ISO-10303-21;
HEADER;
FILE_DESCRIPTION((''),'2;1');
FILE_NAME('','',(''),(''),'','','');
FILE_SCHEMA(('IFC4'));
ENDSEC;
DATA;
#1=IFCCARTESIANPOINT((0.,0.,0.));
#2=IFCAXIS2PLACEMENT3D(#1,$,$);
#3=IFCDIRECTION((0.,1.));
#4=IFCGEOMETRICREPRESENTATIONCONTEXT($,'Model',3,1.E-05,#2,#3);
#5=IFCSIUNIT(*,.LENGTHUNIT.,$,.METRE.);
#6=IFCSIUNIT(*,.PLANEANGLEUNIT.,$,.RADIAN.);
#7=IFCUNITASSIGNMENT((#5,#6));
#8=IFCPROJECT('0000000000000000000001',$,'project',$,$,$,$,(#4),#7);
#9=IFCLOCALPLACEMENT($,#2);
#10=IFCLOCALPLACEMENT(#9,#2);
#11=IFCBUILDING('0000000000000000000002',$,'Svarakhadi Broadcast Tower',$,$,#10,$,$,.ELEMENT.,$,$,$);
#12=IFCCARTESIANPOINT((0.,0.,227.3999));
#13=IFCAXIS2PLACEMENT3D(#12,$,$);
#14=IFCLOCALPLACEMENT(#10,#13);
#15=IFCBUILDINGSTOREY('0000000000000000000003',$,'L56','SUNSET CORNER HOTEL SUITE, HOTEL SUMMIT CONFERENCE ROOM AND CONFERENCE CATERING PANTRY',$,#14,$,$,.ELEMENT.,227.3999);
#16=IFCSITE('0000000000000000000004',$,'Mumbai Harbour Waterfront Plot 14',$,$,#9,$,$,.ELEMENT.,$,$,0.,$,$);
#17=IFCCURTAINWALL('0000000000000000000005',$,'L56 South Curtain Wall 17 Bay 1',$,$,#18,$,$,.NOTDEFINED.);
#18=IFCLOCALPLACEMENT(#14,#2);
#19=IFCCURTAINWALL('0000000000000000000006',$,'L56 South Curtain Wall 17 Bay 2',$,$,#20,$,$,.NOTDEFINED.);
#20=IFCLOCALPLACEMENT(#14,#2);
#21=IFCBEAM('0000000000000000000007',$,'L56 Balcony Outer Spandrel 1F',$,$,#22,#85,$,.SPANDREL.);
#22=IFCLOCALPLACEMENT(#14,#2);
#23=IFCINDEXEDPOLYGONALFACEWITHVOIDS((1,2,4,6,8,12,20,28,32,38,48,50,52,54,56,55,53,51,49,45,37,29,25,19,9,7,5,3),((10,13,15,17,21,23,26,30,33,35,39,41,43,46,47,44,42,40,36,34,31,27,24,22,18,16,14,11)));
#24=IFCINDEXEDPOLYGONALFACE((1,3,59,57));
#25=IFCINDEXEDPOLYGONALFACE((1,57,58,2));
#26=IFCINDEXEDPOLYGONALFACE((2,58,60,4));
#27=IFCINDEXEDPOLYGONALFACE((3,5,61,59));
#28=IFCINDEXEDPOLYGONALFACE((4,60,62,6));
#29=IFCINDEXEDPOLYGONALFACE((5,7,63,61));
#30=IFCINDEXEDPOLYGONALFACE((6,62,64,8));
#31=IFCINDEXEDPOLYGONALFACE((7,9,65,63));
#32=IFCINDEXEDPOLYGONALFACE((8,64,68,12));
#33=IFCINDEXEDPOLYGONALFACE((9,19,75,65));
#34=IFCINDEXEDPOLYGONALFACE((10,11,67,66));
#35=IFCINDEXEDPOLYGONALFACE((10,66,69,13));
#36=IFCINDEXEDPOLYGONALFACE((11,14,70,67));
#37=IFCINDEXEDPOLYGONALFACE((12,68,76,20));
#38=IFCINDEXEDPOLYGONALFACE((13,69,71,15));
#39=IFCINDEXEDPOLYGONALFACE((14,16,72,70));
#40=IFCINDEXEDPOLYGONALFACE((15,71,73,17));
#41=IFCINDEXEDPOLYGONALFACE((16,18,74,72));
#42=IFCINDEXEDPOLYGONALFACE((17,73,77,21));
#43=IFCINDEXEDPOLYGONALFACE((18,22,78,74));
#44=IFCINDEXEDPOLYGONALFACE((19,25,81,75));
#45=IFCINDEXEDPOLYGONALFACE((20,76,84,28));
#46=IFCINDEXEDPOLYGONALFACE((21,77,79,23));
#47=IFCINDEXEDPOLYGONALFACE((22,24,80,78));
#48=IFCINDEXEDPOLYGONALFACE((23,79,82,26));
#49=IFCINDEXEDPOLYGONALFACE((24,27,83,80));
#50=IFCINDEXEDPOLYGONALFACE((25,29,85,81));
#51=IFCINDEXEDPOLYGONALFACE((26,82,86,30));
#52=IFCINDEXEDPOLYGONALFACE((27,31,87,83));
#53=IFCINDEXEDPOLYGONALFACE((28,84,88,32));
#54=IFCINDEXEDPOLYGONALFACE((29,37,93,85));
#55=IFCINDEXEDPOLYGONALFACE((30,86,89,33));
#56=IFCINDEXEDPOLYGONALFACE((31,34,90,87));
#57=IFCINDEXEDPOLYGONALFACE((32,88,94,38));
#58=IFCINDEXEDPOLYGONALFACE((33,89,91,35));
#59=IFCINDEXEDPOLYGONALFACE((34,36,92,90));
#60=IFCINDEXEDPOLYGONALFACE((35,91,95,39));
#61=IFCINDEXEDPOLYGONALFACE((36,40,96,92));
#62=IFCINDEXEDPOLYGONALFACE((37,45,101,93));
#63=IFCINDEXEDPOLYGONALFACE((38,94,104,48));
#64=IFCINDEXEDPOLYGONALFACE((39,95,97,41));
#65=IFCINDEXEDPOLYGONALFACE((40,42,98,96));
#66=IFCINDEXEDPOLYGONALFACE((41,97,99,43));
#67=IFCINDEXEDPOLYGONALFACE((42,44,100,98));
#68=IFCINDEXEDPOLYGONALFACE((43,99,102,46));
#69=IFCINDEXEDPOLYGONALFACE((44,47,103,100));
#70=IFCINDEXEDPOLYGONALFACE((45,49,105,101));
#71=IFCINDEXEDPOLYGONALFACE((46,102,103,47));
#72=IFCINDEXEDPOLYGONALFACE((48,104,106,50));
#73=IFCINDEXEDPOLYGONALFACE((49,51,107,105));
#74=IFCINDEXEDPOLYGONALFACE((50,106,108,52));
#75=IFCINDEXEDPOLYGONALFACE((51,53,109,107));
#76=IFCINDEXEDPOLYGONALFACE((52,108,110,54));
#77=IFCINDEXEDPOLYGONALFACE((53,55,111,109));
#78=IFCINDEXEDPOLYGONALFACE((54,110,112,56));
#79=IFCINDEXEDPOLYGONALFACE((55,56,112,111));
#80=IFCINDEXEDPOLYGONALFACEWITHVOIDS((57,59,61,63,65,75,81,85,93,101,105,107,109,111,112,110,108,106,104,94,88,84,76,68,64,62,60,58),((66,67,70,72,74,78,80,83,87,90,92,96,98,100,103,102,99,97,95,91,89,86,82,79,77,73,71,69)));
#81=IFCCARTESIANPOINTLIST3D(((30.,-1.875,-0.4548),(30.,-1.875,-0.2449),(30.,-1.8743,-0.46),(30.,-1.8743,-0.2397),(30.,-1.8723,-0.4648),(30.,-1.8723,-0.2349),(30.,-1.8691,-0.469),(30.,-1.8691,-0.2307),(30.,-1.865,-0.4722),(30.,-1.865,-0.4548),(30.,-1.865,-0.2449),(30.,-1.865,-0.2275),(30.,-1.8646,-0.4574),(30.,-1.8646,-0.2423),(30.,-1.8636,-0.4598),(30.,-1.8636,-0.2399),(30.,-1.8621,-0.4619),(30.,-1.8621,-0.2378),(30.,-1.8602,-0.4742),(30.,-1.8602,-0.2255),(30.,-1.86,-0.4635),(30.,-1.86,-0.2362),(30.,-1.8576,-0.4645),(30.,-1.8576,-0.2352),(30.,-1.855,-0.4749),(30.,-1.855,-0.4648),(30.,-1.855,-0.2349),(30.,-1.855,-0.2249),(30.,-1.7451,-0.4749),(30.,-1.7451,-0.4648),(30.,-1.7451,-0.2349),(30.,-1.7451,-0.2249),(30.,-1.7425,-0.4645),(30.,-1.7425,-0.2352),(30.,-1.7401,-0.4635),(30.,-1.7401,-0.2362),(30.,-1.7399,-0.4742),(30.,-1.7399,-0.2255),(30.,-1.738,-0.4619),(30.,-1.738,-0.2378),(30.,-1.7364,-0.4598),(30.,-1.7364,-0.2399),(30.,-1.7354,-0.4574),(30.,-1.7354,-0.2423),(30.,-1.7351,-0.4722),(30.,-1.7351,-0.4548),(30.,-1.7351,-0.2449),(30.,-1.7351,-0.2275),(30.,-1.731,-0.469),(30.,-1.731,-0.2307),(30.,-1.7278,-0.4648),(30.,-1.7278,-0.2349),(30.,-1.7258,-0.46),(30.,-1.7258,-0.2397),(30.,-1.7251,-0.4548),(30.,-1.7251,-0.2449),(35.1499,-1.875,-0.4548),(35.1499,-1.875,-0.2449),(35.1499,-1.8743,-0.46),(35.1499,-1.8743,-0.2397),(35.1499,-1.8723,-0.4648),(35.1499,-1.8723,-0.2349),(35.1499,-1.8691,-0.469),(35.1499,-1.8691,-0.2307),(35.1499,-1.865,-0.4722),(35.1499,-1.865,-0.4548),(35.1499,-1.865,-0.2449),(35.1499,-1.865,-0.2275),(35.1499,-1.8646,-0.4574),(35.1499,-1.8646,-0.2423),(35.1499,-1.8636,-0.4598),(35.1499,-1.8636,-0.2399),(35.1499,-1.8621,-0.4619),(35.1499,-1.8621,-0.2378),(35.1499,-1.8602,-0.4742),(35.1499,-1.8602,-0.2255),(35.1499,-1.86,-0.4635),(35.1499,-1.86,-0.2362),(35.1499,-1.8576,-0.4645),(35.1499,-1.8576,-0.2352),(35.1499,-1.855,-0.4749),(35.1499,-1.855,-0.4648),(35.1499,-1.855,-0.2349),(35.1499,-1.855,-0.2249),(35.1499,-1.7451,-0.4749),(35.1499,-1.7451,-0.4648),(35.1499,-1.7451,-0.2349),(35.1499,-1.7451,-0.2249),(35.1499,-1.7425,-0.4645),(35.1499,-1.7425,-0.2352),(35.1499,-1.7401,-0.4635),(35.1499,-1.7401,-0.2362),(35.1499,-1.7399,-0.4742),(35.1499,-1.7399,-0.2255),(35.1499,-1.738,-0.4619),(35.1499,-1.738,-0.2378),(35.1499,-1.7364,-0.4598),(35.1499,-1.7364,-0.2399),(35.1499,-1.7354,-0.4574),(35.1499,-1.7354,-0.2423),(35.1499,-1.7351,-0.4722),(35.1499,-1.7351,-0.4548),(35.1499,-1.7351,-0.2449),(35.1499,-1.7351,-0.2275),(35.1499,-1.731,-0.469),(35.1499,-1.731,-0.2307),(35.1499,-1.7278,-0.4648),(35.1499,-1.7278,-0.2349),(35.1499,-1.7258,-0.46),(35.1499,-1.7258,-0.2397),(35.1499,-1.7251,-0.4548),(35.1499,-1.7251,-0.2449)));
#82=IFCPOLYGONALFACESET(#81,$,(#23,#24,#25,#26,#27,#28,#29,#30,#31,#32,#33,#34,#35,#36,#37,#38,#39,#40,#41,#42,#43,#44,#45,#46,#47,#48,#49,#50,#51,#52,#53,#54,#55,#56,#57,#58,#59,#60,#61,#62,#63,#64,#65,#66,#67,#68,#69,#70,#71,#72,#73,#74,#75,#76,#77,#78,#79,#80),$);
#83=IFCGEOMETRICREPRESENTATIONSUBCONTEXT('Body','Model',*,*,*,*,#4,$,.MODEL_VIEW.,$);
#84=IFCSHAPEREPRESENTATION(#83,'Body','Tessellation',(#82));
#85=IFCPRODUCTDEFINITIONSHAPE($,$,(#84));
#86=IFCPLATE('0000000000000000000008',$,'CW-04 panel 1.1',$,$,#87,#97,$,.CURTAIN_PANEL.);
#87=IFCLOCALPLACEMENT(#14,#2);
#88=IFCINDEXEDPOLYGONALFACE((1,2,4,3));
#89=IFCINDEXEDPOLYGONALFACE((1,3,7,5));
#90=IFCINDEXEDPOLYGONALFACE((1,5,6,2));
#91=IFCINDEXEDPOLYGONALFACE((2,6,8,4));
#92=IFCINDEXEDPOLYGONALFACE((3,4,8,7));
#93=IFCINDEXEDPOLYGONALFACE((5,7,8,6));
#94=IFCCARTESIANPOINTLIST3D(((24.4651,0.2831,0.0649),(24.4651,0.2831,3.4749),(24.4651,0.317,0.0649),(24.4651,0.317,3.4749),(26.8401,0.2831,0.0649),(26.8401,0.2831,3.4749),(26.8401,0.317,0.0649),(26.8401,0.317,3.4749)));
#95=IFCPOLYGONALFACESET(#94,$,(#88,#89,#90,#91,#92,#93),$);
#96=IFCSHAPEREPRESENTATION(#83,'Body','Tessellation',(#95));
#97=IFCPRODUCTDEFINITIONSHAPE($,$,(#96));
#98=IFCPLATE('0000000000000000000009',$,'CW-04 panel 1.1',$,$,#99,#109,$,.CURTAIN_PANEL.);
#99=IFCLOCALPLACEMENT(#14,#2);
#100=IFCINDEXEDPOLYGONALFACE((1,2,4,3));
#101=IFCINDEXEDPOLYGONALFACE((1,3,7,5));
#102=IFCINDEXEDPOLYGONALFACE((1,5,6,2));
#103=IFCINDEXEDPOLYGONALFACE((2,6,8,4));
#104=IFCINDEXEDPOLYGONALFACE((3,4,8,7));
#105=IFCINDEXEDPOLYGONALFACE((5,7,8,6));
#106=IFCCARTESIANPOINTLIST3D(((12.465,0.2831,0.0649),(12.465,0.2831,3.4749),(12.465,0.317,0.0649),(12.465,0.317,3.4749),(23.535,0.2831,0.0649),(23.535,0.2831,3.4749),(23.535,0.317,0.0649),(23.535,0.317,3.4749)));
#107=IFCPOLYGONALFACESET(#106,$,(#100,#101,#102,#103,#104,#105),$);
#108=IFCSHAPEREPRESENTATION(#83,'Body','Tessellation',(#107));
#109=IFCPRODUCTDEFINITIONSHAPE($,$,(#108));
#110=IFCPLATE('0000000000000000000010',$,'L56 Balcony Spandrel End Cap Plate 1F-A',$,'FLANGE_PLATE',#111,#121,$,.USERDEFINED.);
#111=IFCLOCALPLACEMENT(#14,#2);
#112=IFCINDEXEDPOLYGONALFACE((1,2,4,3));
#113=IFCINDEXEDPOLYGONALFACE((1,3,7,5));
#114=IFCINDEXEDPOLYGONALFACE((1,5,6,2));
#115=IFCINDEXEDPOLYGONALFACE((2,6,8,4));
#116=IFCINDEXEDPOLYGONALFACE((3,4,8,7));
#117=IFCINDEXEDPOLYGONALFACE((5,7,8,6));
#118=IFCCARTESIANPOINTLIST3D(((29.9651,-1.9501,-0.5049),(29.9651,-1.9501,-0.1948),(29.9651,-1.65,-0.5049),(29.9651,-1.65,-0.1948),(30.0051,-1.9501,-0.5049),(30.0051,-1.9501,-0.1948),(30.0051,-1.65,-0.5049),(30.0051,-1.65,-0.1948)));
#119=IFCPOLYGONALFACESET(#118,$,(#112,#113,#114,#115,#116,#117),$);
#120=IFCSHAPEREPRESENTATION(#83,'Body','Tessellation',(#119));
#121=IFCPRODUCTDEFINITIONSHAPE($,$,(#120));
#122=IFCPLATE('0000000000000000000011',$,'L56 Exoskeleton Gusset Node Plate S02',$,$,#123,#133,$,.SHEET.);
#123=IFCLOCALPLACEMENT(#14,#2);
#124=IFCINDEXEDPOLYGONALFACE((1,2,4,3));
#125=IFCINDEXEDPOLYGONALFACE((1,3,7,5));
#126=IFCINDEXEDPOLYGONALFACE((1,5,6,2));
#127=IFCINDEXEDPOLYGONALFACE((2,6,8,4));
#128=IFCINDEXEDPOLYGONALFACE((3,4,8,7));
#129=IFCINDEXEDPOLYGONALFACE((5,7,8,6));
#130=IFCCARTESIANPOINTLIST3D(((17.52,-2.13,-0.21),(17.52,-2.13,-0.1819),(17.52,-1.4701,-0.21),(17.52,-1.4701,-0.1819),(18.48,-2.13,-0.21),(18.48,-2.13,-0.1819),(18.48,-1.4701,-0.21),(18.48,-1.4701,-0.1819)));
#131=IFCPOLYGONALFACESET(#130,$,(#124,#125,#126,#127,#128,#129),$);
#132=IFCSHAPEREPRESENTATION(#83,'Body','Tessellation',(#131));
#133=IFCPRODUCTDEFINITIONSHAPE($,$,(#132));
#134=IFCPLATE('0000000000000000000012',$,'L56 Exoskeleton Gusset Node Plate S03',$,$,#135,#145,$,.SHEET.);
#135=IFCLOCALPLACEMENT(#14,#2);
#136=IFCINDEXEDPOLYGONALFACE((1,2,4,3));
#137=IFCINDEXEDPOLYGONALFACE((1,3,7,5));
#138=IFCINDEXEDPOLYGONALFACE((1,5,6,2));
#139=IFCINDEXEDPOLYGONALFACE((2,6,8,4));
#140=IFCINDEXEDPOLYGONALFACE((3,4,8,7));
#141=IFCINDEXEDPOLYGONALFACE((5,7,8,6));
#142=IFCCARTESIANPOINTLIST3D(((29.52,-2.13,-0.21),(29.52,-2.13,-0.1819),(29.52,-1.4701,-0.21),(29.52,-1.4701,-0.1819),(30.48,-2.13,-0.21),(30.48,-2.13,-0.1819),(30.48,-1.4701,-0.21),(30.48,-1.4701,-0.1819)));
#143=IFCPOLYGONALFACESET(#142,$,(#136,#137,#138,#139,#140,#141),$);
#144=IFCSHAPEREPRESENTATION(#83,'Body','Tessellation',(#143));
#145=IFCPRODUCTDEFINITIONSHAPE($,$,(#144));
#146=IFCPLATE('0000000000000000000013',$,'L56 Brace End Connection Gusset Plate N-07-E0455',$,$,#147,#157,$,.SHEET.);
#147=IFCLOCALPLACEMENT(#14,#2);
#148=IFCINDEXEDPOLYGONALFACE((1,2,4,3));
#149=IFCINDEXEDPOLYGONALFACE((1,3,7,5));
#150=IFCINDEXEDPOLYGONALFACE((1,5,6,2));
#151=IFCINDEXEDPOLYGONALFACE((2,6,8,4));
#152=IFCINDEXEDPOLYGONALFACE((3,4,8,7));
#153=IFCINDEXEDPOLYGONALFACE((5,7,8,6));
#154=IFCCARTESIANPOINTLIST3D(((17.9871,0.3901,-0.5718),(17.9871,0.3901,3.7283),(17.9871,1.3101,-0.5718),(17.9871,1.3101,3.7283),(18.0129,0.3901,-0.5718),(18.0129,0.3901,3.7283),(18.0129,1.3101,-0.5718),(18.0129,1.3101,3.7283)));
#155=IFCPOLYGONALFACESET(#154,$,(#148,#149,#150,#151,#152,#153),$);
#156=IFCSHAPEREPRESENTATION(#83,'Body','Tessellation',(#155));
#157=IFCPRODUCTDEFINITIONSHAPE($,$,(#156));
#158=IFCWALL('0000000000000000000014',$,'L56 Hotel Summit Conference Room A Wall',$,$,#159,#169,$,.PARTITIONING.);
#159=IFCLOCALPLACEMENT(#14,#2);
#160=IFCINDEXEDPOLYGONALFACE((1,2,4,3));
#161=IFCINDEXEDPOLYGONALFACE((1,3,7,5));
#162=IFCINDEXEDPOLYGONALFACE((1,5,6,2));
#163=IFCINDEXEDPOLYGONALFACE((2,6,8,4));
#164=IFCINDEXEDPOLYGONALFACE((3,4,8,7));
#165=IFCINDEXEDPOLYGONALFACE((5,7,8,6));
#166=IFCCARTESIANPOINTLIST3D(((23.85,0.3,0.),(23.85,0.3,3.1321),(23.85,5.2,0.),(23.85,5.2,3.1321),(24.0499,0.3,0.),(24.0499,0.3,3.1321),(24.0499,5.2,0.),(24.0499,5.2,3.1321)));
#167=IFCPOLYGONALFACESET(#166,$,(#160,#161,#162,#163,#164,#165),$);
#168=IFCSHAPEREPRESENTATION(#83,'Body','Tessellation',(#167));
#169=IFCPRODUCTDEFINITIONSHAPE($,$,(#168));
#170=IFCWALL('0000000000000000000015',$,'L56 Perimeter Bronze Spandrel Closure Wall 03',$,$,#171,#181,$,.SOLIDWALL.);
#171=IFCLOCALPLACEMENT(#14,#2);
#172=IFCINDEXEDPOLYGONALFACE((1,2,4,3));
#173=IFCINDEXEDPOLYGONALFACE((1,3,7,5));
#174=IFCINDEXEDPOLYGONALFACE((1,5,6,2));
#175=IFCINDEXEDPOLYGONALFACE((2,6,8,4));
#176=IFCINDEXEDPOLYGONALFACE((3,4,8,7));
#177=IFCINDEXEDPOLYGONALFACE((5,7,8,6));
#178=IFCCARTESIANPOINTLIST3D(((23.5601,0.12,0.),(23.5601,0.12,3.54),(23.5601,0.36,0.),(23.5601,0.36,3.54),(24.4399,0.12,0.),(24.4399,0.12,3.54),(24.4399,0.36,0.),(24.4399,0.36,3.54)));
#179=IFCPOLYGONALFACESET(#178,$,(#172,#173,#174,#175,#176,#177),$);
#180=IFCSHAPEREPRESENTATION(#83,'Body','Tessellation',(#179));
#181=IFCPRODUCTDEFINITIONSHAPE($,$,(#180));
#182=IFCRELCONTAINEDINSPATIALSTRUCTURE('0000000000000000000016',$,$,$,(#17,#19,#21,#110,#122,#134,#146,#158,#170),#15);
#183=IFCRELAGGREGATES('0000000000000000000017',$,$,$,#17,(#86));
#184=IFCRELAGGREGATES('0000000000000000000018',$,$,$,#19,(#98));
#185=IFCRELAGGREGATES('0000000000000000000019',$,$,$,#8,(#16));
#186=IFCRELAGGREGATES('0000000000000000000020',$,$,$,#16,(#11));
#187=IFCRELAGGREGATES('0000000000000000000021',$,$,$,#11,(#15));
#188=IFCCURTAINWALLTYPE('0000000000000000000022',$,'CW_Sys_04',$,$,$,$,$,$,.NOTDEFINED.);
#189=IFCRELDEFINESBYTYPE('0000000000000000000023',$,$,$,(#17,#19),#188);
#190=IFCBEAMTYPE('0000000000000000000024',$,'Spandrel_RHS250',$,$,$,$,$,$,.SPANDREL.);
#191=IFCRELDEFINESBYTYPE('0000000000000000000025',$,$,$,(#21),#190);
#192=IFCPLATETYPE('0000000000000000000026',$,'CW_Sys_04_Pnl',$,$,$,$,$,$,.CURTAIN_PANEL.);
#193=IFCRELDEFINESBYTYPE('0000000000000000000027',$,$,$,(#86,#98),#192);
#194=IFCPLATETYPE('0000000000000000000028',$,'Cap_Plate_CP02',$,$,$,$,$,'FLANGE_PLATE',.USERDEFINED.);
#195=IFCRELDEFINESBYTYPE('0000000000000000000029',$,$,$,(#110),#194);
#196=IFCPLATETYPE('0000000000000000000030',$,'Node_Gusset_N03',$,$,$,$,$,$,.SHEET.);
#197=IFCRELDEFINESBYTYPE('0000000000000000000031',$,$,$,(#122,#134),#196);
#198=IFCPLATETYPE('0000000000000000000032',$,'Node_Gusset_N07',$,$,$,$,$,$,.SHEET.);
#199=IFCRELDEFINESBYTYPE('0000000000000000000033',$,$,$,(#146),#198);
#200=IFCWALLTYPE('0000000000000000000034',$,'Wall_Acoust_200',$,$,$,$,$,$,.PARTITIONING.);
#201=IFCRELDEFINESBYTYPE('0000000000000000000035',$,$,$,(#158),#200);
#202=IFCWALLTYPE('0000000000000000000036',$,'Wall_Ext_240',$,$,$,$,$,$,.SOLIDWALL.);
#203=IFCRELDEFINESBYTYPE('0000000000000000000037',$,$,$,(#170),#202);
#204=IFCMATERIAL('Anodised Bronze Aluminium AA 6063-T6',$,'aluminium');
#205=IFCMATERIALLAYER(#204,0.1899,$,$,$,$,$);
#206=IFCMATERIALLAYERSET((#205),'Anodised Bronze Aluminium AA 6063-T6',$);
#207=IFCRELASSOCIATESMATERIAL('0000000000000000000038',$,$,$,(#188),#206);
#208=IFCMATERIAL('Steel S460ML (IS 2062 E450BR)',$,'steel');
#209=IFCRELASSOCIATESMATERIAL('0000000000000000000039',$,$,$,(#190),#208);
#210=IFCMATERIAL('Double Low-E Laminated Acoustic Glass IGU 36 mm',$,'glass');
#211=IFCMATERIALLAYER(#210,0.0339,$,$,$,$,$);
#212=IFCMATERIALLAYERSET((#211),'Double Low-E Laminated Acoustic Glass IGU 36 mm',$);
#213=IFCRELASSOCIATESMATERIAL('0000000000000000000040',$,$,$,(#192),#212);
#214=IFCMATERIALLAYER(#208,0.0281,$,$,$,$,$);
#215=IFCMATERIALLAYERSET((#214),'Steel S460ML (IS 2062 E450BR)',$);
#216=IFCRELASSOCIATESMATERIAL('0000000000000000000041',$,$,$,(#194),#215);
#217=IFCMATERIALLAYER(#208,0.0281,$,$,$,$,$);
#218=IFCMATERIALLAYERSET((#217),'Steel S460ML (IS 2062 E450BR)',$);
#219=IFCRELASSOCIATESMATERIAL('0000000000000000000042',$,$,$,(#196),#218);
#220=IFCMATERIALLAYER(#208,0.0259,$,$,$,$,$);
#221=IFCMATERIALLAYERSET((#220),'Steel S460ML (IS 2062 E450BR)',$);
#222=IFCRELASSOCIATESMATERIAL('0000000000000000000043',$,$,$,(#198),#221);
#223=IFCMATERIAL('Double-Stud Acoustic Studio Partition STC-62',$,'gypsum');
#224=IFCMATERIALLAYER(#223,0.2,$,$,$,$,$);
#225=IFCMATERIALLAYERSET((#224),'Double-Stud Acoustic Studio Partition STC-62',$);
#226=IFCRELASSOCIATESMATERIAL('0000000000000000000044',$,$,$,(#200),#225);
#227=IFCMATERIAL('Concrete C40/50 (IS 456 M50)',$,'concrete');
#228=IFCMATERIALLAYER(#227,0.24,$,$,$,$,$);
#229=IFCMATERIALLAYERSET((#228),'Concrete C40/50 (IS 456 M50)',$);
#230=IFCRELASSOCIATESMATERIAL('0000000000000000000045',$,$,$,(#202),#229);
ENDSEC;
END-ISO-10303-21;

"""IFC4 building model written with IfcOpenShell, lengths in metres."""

from ifc_helpers import new_model, si_unit, direction, frame, frame_2d, origin, origin_2d, place, context, subcontext, project, spatial, rectangle, hollow_rectangle, extrude, material, layer, layer_set, material_profile, profile_set, type_object, element, aggregate, save


model = new_model("IFC4")

# Units and contexts
model_context = context("Model", 3, precision=1e-05, world=origin(), true_north=direction((0.0, 1.0)))
body_context = subcontext(model_context, "Body", "Model", "MODEL_VIEW")
ifc_project = project(units=[si_unit("LENGTHUNIT", "METRE"), si_unit("PLANEANGLEUNIT", "RADIAN")], contexts=[model_context])

# Site, building, storey
site_placement = place(None, origin())
site = spatial("IfcSite", under=ifc_project, at=site_placement, Name="Mumbai Harbour Waterfront Plot 14", CompositionType="ELEMENT", RefElevation=0.0)
building_placement = place(site_placement, origin())
building = spatial("IfcBuilding", under=site, at=building_placement, Name="Svarakhadi Broadcast Tower", CompositionType="ELEMENT")
storey_placement = place(building_placement, frame((0.0, 0.0, 227.3999)))
storey = spatial("IfcBuildingStorey", under=building, at=storey_placement, Name="L56", Description="SUNSET CORNER HOTEL SUITE, HOTEL SUMMIT CONFERENCE ROOM AND CONFERENCE CATERING PANTRY", CompositionType="ELEMENT", Elevation=227.3999)

# Shared definitions
ifc_material_1 = material(Name="Steel S460ML (IS 2062 E450BR)", Category="steel")

# Curtain wall
ifc_material_2 = material(Name="Anodised Bronze Aluminium AA 6063-T6", Category="aluminium")
ifc_layer_1 = layer(ifc_material_2, 0.1899)
ifc_layer_set_1 = layer_set([ifc_layer_1], Name="Anodised Bronze Aluminium AA 6063-T6")
curtain_wall_type = type_object("IfcCurtainWallType", Name="CW_Sys_04", PredefinedType="NOTDEFINED", material=ifc_layer_set_1)
curtain_wall_1_placement = place(storey_placement, origin())
curtain_wall_1 = element("IfcCurtainWall", 1, at=curtain_wall_1_placement, inside=storey, type_object=curtain_wall_type, Name="L56 South Curtain Wall 17 Bay 1", PredefinedType="NOTDEFINED")

# Curtain wall
curtain_wall_2_placement = place(storey_placement, origin())
curtain_wall_2 = element("IfcCurtainWall", 2, at=curtain_wall_2_placement, inside=storey, type_object=curtain_wall_type, Name="L56 South Curtain Wall 17 Bay 2", PredefinedType="NOTDEFINED")

# Beam
ifc_material_profile_1 = material_profile(ifc_material_1, hollow_rectangle(XDim=0.1499, YDim=0.25, WallThickness=0.01, InnerFilletRadius=0.01, OuterFilletRadius=0.02, at=origin_2d()), Name="RHS 250x150x10")
ifc_profile_set_1 = profile_set([ifc_material_profile_1], Name="Steel S460ML (IS 2062 E450BR)")
beam_type_1 = type_object("IfcBeamType", Name="Spandrel_RHS250", PredefinedType="SPANDREL", material=ifc_profile_set_1)
beam_1_placement = place(storey_placement, frame((30.0, -1.8, -0.3499), z_axis=(1.0, 0.0, 0.0), x_axis=(0.0, 1.0, 0.0)))
element("IfcBeam", 3, at=beam_1_placement, inside=storey, type_object=beam_type_1, Name="L56 Balcony Outer Spandrel 1F", PredefinedType="SPANDREL", context=body_context, shape_type="SweptSolid", body=[
    extrude(hollow_rectangle(XDim=0.1499, YDim=0.25, WallThickness=0.01, InnerFilletRadius=0.01, OuterFilletRadius=0.02, at=origin_2d()), origin(), (0.0, 0.0, 1.0), 5.1499),
])

# Plates
ifc_material_3 = material(Name="Double Low-E Laminated Acoustic Glass IGU 36 mm", Category="glass")
ifc_layer_2 = layer(ifc_material_3, 0.0339)
ifc_layer_set_2 = layer_set([ifc_layer_2], Name="Double Low-E Laminated Acoustic Glass IGU 36 mm")
plate_type_1 = type_object("IfcPlateType", Name="CW_Sys_04_Pnl", PredefinedType="CURTAIN_PANEL", material=ifc_layer_set_2)
plate_1_placement = place(storey_placement, frame((25.6526, 0.3, 0.0649), z_axis=(0.0, 0.0, 1.0), x_axis=(-1.0, 0.0, 0.0)))
plate_1 = element("IfcPlate", 4, at=plate_1_placement, type_object=plate_type_1, Name="CW-04 panel 1.1", PredefinedType="CURTAIN_PANEL", context=body_context, shape_type="SweptSolid", body=[
    extrude(rectangle(XDim=2.375, YDim=0.0339, at=origin_2d()), origin(), (0.0, 0.0, 1.0), 3.4099),
])
aggregate(curtain_wall_1, [plate_1])
plate_2_placement = place(storey_placement, frame((18.0, 0.3, 0.0649), z_axis=(0.0, 0.0, 1.0), x_axis=(-1.0, 0.0, 0.0)))
plate_2 = element("IfcPlate", 5, at=plate_2_placement, type_object=plate_type_1, Name="CW-04 panel 1.1", PredefinedType="CURTAIN_PANEL", context=body_context, shape_type="SweptSolid", body=[
    extrude(rectangle(XDim=11.0701, YDim=0.0339, at=origin_2d()), origin(), (0.0, 0.0, 1.0), 3.4099),
])
aggregate(curtain_wall_2, [plate_2])

# Plates
ifc_layer_3 = layer(ifc_material_1, 0.0281)
ifc_layer_set_3 = layer_set([ifc_layer_3], Name="Steel S460ML (IS 2062 E450BR)")
plate_type_2 = type_object("IfcPlateType", Name="Cap_Plate_CP02", ElementType="FLANGE_PLATE", PredefinedType="USERDEFINED", material=ifc_layer_set_3)
plate_3_placement = place(storey_placement, frame((29.9851, -1.8, -0.5049), z_axis=(0.0, 0.0, 1.0), x_axis=(1.0, 0.0, 0.0)))
element("IfcPlate", 6, at=plate_3_placement, inside=storey, type_object=plate_type_2, Name="L56 Balcony Spandrel End Cap Plate 1F-A", ObjectType="FLANGE_PLATE", PredefinedType="USERDEFINED", context=body_context, shape_type="SweptSolid", body=[
    extrude(rectangle(XDim=0.04, YDim=0.3, at=origin_2d()), origin(), (0.0, 0.0, 1.0), 0.3101),
])
ifc_layer_4 = layer(ifc_material_1, 0.0281)
ifc_layer_set_4 = layer_set([ifc_layer_4], Name="Steel S460ML (IS 2062 E450BR)")
plate_type_3 = type_object("IfcPlateType", Name="Node_Gusset_N03", PredefinedType="SHEET", material=ifc_layer_set_4)
for number, where, z_axis, x_axis, name in (
    (7, (18.0, -1.8, -0.21), (0.0, 0.0, 1.0), (1.0, 0.0, 0.0), "L56 Exoskeleton Gusset Node Plate S02"),
    (8, (30.0, -1.8, -0.21), (0.0, 0.0, 1.0), (1.0, 0.0, 0.0), "L56 Exoskeleton Gusset Node Plate S03"),
):
    element("IfcPlate", number, at=place(storey_placement, frame(where, z_axis=z_axis, x_axis=x_axis)), inside=storey, type_object=plate_type_3, Name=name, PredefinedType="SHEET", context=body_context, shape_type="SweptSolid", body=[
        extrude(rectangle(XDim=0.96, YDim=0.6599, at=origin_2d()), origin(), (0.0, 0.0, 1.0), 0.0281),
    ])
ifc_layer_5 = layer(ifc_material_1, 0.0259)
ifc_layer_set_5 = layer_set([ifc_layer_5], Name="Steel S460ML (IS 2062 E450BR)")
plate_type_4 = type_object("IfcPlateType", Name="Node_Gusset_N07", PredefinedType="SHEET", material=ifc_layer_set_5)
plate_4_placement = place(storey_placement, frame((18.0, 0.8501, -0.5718), z_axis=(0.0, 0.0, 1.0), x_axis=(0.0, 1.0, 0.0)))
element("IfcPlate", 9, at=plate_4_placement, inside=storey, type_object=plate_type_4, Name="L56 Brace End Connection Gusset Plate N-07-E0455", PredefinedType="SHEET", context=body_context, shape_type="SweptSolid", body=[
    extrude(rectangle(XDim=0.9199, YDim=0.0259, at=origin_2d()), origin(), (0.0, 0.0, 1.0), 4.3),
])

# Walls
ifc_material_4 = material(Name="Double-Stud Acoustic Studio Partition STC-62", Category="gypsum")
ifc_layer_6 = layer(ifc_material_4, 0.2)
ifc_layer_set_6 = layer_set([ifc_layer_6], Name="Double-Stud Acoustic Studio Partition STC-62")
wall_type_1 = type_object("IfcWallType", Name="Wall_Acoust_200", PredefinedType="PARTITIONING", material=ifc_layer_set_6)
wall_1_placement = place(storey_placement, frame((23.95, 0.3, 0.0), z_axis=(0.0, 0.0, 1.0), x_axis=(0.0, 1.0, 0.0)))
element("IfcWall", 10, at=wall_1_placement, inside=storey, type_object=wall_type_1, Name="L56 Hotel Summit Conference Room A Wall", PredefinedType="PARTITIONING", context=body_context, shape_type="SweptSolid", body=[
    extrude(rectangle(XDim=4.8999, YDim=0.2, at=frame_2d((2.45, 0.0))), origin(), (0.0, 0.0, 1.0), 3.1321),
])
ifc_material_5 = material(Name="Concrete C40/50 (IS 456 M50)", Category="concrete")
ifc_layer_7 = layer(ifc_material_5, 0.24)
ifc_layer_set_7 = layer_set([ifc_layer_7], Name="Concrete C40/50 (IS 456 M50)")
wall_type_2 = type_object("IfcWallType", Name="Wall_Ext_240", PredefinedType="SOLIDWALL", material=ifc_layer_set_7)
wall_2_placement = place(storey_placement, frame((24.4399, 0.24, 0.0), z_axis=(0.0, 0.0, 1.0), x_axis=(-1.0, 0.0, 0.0)))
element("IfcWall", 11, at=wall_2_placement, inside=storey, type_object=wall_type_2, Name="L56 Perimeter Bronze Spandrel Closure Wall 03", PredefinedType="SOLIDWALL", context=body_context, shape_type="SweptSolid", body=[
    extrude(rectangle(XDim=0.8799, YDim=0.24, at=frame_2d((0.4399, 0.0))), origin(), (0.0, 0.0, 1.0), 3.54),
])

save(model, "model.ifc")
